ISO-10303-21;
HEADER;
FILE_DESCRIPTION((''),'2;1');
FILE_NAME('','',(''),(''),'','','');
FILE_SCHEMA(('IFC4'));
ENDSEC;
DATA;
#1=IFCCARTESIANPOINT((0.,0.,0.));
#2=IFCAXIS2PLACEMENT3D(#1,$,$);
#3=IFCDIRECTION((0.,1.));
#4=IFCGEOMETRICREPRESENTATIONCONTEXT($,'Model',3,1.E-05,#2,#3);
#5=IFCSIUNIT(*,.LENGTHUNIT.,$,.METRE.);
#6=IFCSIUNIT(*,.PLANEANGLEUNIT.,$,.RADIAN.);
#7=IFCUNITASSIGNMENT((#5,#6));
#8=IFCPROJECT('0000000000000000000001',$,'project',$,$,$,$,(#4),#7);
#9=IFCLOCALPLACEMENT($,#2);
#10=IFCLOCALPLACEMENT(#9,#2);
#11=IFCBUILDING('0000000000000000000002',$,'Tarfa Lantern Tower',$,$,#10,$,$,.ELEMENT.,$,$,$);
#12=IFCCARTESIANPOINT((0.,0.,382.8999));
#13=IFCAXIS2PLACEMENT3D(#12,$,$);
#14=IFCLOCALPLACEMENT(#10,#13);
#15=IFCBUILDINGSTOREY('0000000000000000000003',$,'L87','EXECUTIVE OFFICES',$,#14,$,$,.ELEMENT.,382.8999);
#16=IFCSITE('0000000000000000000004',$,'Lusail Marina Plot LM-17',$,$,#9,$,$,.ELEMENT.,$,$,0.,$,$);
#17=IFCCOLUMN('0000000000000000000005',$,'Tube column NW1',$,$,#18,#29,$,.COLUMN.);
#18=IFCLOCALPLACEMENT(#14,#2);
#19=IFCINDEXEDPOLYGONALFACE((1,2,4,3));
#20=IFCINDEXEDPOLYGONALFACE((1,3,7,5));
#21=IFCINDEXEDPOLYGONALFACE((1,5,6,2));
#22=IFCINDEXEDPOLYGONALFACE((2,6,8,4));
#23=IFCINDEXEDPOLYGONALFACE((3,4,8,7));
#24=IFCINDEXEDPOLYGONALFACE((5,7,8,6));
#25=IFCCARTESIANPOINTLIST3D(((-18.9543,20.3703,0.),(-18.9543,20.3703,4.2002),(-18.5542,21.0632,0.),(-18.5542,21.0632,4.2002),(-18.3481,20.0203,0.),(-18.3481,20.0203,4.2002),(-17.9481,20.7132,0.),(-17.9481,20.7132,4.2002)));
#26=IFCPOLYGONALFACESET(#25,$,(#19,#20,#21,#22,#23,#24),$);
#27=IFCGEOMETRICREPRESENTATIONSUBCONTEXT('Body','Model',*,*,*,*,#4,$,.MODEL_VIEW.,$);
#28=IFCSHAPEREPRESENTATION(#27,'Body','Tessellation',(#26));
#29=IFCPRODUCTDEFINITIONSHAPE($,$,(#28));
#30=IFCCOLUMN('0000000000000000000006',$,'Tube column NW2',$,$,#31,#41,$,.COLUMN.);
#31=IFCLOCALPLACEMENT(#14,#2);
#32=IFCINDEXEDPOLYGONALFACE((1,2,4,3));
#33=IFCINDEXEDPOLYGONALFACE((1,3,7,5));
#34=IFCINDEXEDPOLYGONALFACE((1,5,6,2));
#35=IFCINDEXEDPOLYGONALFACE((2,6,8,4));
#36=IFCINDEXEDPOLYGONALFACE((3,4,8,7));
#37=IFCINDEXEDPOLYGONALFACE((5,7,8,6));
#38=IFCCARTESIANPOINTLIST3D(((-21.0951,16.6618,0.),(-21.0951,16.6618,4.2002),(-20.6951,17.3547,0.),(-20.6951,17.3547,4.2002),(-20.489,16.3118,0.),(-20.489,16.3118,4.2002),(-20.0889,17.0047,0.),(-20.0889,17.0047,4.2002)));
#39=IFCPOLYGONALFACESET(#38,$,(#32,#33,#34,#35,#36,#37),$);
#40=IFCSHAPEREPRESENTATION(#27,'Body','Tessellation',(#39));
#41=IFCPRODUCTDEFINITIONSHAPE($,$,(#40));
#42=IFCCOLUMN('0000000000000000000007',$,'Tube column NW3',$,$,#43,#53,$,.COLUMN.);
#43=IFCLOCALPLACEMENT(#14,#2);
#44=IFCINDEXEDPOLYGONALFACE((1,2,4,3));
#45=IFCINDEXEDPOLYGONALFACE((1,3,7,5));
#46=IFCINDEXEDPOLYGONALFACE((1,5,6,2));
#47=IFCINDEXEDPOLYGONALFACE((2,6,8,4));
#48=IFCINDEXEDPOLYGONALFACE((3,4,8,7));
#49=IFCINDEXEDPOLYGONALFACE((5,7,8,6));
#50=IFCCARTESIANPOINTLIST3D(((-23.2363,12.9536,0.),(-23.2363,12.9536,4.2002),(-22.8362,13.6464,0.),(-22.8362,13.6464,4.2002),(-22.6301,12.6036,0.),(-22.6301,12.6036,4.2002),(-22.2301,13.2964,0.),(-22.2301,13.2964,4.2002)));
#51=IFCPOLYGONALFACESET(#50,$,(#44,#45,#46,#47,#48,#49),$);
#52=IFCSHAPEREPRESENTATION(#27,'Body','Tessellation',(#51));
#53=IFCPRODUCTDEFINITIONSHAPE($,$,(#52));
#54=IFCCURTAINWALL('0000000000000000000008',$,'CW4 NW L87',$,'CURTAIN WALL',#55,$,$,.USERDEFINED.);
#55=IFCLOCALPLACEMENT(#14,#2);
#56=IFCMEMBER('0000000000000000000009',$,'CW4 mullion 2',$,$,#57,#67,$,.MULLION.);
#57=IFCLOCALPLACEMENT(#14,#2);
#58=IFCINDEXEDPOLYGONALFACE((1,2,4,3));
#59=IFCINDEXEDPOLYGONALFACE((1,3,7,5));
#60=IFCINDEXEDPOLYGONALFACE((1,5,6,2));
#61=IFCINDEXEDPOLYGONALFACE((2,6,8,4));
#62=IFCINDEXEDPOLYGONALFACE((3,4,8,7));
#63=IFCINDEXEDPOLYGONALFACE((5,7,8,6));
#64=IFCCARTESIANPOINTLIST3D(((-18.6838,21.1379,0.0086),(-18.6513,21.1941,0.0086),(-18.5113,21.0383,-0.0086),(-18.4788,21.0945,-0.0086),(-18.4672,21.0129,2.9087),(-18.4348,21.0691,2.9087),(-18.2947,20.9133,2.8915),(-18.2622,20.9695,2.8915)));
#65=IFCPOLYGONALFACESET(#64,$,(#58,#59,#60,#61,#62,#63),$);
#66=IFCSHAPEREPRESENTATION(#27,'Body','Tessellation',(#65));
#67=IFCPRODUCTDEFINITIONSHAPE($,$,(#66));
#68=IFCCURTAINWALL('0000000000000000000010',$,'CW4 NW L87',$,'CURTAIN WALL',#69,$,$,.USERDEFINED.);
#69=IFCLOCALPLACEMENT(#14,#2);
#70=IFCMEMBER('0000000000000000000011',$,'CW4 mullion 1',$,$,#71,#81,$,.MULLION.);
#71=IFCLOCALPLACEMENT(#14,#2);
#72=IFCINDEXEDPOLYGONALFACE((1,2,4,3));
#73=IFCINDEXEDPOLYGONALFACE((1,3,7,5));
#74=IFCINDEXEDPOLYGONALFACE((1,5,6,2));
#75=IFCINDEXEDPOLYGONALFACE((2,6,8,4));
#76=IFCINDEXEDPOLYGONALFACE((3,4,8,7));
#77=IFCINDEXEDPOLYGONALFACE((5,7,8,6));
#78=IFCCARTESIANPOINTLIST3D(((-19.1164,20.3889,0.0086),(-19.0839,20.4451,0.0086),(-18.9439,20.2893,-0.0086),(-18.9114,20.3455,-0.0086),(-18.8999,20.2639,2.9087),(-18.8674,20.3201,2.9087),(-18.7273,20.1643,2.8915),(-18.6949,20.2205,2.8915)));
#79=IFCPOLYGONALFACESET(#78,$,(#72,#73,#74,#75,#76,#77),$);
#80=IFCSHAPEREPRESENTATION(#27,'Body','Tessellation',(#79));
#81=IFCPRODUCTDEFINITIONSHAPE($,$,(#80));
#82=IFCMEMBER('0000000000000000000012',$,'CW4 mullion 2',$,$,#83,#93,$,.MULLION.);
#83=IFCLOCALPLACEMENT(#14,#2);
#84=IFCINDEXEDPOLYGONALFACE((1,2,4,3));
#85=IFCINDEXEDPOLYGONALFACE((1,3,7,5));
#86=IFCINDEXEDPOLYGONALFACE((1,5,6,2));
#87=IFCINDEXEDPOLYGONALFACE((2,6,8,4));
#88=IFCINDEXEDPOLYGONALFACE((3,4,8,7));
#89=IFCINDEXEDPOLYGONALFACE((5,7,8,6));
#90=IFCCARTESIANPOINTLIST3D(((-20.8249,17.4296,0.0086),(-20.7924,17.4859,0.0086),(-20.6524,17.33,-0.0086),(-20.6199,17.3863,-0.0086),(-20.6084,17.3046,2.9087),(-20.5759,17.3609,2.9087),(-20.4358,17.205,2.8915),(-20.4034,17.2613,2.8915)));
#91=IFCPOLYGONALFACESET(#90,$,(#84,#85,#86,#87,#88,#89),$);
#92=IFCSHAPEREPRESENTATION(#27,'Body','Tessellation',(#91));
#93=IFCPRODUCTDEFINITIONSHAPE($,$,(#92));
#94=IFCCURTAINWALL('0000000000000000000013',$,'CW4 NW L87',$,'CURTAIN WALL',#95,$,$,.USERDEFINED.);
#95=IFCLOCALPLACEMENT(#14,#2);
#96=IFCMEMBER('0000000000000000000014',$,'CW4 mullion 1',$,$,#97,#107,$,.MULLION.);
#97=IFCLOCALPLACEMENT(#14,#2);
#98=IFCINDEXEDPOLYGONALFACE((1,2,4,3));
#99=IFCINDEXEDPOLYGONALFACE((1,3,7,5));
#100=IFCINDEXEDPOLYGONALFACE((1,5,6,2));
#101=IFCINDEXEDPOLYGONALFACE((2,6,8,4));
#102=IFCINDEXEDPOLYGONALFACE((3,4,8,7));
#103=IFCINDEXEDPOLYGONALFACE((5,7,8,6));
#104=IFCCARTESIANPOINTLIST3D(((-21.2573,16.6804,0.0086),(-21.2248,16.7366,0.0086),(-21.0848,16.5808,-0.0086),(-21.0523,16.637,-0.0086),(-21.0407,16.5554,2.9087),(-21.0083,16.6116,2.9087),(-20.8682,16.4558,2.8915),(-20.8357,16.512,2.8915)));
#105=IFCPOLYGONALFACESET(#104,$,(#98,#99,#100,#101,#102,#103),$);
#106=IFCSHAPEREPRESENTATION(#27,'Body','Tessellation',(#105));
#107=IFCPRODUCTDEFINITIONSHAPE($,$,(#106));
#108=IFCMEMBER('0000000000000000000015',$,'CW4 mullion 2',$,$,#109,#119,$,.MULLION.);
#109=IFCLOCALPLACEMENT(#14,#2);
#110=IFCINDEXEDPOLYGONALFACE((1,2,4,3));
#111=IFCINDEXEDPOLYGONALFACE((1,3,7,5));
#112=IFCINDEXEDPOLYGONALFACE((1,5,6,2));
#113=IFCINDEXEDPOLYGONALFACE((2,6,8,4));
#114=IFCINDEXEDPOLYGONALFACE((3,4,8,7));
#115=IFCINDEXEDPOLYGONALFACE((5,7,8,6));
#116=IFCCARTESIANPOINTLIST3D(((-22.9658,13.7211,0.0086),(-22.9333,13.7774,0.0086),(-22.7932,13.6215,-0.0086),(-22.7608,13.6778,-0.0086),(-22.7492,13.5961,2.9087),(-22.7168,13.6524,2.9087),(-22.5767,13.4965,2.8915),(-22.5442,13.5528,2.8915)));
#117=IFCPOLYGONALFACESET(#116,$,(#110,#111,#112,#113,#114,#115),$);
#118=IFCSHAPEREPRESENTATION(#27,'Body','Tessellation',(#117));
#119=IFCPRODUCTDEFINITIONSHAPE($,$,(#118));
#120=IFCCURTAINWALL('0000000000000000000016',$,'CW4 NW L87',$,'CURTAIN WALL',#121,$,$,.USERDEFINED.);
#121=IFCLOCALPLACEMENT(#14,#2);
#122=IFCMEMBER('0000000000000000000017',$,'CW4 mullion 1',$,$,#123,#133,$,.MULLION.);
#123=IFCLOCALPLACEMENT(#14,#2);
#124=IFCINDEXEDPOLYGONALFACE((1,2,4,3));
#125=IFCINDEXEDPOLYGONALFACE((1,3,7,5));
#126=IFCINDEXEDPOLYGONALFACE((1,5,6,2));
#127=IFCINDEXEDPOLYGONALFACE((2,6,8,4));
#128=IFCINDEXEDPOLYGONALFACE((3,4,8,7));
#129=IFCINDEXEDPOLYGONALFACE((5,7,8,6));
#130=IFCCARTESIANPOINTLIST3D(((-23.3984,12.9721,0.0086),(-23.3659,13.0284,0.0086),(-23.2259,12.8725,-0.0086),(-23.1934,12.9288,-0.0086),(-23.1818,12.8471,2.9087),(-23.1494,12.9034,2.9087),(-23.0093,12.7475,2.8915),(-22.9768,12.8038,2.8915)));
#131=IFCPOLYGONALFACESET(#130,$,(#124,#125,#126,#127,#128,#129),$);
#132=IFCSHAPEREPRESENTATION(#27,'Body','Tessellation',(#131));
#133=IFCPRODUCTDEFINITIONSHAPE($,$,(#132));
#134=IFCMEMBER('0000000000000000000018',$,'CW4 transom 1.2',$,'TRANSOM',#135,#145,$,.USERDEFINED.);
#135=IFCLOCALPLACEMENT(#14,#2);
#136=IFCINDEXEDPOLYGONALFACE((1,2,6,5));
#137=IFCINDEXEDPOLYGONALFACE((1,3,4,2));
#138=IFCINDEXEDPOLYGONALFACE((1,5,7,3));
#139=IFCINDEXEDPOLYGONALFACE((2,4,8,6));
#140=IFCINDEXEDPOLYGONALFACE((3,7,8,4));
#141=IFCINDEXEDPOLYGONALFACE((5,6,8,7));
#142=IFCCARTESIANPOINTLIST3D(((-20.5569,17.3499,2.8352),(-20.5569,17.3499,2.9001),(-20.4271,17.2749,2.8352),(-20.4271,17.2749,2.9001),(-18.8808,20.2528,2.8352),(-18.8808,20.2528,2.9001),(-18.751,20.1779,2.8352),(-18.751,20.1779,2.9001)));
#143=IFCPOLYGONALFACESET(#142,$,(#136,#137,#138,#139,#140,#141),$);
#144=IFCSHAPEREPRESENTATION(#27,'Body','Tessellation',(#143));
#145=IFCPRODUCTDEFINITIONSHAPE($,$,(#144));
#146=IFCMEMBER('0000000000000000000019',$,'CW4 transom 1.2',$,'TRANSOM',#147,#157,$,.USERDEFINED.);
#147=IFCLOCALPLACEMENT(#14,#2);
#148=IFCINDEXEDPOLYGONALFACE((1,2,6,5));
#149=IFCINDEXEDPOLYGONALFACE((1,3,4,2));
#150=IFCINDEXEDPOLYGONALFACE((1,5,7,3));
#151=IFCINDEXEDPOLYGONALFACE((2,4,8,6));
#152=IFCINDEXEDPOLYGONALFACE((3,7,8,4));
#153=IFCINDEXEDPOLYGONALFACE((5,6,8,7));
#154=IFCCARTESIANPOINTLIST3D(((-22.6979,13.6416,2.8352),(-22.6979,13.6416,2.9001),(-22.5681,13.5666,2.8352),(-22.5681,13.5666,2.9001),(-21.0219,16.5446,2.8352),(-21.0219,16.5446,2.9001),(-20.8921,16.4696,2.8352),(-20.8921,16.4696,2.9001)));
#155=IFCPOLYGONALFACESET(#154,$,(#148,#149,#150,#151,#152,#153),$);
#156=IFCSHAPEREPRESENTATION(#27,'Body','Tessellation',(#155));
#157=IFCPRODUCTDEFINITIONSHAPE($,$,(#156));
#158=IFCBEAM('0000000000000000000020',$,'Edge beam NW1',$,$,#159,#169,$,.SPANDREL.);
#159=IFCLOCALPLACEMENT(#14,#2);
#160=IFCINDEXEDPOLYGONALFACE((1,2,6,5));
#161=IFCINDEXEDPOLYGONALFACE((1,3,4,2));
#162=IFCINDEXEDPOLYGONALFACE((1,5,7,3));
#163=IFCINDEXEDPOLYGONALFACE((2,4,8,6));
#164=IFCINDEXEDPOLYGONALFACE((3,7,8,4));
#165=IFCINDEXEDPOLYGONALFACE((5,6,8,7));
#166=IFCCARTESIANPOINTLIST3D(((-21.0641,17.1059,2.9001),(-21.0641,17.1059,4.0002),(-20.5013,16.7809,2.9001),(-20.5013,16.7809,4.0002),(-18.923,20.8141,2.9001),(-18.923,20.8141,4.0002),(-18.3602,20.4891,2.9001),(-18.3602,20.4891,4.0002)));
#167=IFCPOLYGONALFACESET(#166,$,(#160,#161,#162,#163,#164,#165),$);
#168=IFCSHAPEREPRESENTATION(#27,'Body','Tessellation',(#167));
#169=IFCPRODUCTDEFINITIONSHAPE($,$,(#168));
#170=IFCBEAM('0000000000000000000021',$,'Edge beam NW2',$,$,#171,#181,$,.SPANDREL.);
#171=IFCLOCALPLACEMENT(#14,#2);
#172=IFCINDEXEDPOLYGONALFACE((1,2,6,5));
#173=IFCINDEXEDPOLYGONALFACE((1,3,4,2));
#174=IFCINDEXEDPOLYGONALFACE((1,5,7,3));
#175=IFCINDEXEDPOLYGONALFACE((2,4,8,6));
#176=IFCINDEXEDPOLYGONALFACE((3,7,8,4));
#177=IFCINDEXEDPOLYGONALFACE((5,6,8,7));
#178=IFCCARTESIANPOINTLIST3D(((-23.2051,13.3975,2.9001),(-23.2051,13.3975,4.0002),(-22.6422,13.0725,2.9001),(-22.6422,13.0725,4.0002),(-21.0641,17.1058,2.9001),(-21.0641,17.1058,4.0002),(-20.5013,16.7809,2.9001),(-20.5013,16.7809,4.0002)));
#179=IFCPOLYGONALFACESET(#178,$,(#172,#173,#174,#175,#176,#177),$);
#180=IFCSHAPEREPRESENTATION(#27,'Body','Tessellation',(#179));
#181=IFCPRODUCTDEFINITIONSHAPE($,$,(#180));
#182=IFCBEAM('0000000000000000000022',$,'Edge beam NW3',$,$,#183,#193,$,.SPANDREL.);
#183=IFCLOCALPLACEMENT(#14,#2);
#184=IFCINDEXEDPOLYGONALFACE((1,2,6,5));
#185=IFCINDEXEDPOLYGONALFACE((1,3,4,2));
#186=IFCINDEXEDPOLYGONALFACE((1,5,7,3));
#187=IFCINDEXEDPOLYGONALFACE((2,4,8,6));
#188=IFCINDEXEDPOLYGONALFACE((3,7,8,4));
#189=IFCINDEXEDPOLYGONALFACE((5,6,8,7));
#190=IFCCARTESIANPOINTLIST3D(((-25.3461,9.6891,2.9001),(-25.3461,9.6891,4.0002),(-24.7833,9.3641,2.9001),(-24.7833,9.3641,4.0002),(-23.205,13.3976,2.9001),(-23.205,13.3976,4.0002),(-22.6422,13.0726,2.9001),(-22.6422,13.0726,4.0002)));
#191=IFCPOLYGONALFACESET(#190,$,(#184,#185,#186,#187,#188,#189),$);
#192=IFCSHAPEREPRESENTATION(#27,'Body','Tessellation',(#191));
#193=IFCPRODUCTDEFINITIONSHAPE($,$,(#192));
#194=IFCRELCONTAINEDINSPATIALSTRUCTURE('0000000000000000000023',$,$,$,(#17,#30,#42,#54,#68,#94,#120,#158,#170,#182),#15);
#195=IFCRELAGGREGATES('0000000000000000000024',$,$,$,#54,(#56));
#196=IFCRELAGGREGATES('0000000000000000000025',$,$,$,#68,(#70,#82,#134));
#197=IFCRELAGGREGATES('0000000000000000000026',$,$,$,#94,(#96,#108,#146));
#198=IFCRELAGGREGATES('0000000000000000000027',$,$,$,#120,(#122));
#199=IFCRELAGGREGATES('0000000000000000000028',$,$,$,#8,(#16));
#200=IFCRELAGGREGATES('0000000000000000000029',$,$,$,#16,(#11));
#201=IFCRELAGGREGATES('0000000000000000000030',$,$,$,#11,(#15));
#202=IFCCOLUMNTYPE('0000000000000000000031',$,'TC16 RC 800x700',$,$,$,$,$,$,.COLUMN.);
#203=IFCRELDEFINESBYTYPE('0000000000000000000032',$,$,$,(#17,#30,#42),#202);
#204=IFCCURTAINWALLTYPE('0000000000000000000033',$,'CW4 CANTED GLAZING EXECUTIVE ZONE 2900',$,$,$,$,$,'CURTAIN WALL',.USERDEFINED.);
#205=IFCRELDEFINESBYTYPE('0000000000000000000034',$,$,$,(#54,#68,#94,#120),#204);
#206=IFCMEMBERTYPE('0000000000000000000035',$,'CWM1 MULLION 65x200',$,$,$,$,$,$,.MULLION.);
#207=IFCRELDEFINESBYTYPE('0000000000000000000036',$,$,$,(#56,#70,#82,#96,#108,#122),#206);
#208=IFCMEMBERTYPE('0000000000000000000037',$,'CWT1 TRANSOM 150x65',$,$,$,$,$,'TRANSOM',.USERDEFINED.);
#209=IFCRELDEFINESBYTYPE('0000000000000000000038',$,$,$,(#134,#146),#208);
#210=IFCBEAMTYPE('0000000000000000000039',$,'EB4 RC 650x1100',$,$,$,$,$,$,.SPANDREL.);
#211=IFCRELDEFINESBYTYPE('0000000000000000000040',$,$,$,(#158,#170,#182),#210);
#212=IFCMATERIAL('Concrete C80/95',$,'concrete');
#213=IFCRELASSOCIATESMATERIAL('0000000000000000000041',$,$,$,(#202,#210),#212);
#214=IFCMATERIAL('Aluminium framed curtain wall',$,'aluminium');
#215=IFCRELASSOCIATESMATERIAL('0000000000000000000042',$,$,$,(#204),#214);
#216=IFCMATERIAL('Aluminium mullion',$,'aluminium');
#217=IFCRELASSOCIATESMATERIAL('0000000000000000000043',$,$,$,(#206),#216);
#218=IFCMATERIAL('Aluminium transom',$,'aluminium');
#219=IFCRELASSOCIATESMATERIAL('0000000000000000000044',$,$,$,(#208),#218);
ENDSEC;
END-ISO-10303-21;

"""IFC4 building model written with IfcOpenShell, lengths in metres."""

from ifc_helpers import new_model, si_unit, direction, frame, origin, origin_2d, place, context, subcontext, project, spatial, rectangle, extrude, material, material_profile, profile_set, type_object, element, aggregate, save


model = new_model("IFC4")

# Units and contexts
model_context = context("Model", 3, precision=1e-05, world=origin(), true_north=direction((0.0, 1.0)))
body_context = subcontext(model_context, "Body", "Model", "MODEL_VIEW")
ifc_project = project(units=[si_unit("LENGTHUNIT", "METRE"), si_unit("PLANEANGLEUNIT", "RADIAN")], contexts=[model_context])

# Site, building, storey
site_placement = place(None, origin())
site = spatial("IfcSite", under=ifc_project, at=site_placement, Name="Lusail Marina Plot LM-17", CompositionType="ELEMENT", RefElevation=0.0)
building_placement = place(site_placement, origin())
building = spatial("IfcBuilding", under=site, at=building_placement, Name="Tarfa Lantern Tower", CompositionType="ELEMENT")
storey_placement = place(building_placement, frame((0.0, 0.0, 382.8999)))
storey = spatial("IfcBuildingStorey", under=building, at=storey_placement, Name="L87", Description="EXECUTIVE OFFICES", CompositionType="ELEMENT", Elevation=382.8999)

# Columns
ifc_material_1 = material(Name="Concrete C80/95", Category="concrete")
ifc_material_profile_1 = material_profile(ifc_material_1, rectangle(XDim=0.8, YDim=0.7, at=origin_2d()), Name="RC 800x700")
ifc_profile_set_1 = profile_set([ifc_material_profile_1], Name="Concrete C80/95")
column_type = type_object("IfcColumnType", Name="TC16 RC 800x700", PredefinedType="COLUMN", material=ifc_profile_set_1)
for number, where, z_axis, x_axis, name in (
    (1, (-18.4512, 20.5417, 0.0), (0.0, 0.0, 1.0), (-0.5, -0.866025, 0.0), "Tube column NW1"),
    (2, (-20.592, 16.8333, 0.0), (0.0, 0.0, 1.0), (-0.5, -0.866025, 0.0), "Tube column NW2"),
    (3, (-22.7332, 13.125, 0.0), (0.0, 0.0, 1.0), (-0.5, -0.866025, 0.0), "Tube column NW3"),
):
    element("IfcColumn", number, at=place(storey_placement, frame(where, z_axis=z_axis, x_axis=x_axis)), inside=storey, type_object=column_type, Name=name, PredefinedType="COLUMN", context=body_context, shape_type="SweptSolid", body=[
        extrude(rectangle(XDim=0.8, YDim=0.7, at=origin_2d()), origin(), (0.0, 0.0, 1.0), 4.2002),
    ])

# Curtain wall, member
ifc_material_2 = material(Name="Aluminium framed curtain wall", Category="aluminium")
curtain_wall_type = type_object("IfcCurtainWallType", Name="CW4 CANTED GLAZING EXECUTIVE ZONE 2900", ElementType="CURTAIN WALL", PredefinedType="USERDEFINED", material=ifc_material_2)
curtain_wall_1_placement = place(storey_placement, origin())
curtain_wall_1 = element("IfcCurtainWall", 4, at=curtain_wall_1_placement, inside=storey, type_object=curtain_wall_type, Name="CW4 NW L87", ObjectType="CURTAIN WALL", PredefinedType="USERDEFINED")
ifc_material_3 = material(Name="Aluminium mullion", Category="aluminium")
ifc_material_profile_2 = material_profile(ifc_material_3, rectangle(XDim=0.0649, YDim=0.2, at=origin_2d()), Name="AL MULLION 65x200")
ifc_profile_set_2 = profile_set([ifc_material_profile_2], Name="Aluminium mullion")
member_type_1 = type_object("IfcMemberType", Name="CWM1 MULLION 65x200", PredefinedType="MULLION", material=ifc_profile_set_2)
member_1_placement = place(storey_placement, frame((-18.5813, 21.1162, 0.0), z_axis=(0.074394, -0.042942, 0.996304), x_axis=(0.49992, 0.866072, 0.0)))
member_1 = element("IfcMember", 5, at=member_1_placement, type_object=member_type_1, Name="CW4 mullion 2", PredefinedType="MULLION", context=body_context, shape_type="SweptSolid", body=[
    extrude(rectangle(XDim=0.0649, YDim=0.2, at=origin_2d()), origin(), (0.0, 0.0, 1.0), 2.9109),
])
aggregate(curtain_wall_1, [member_1])

# Curtain walls, members
curtain_wall_2_placement = place(storey_placement, origin())
curtain_wall_2 = element("IfcCurtainWall", 6, at=curtain_wall_2_placement, inside=storey, type_object=curtain_wall_type, Name="CW4 NW L87", ObjectType="CURTAIN WALL", PredefinedType="USERDEFINED")
member_2_placement = place(storey_placement, frame((-19.0139, 20.3672, 0.0), z_axis=(0.074394, -0.042942, 0.996304), x_axis=(0.49992, 0.866072, 0.0)))
member_2 = element("IfcMember", 7, at=member_2_placement, type_object=member_type_1, Name="CW4 mullion 1", PredefinedType="MULLION", context=body_context, shape_type="SweptSolid", body=[
    extrude(rectangle(XDim=0.0649, YDim=0.2, at=origin_2d()), origin(), (0.0, 0.0, 1.0), 2.9109),
])
member_3_placement = place(storey_placement, frame((-20.7224, 17.408, 0.0), z_axis=(0.074394, -0.042942, 0.996304), x_axis=(0.49992, 0.866072, 0.0)))
member_3 = element("IfcMember", 8, at=member_3_placement, type_object=member_type_1, Name="CW4 mullion 2", PredefinedType="MULLION", context=body_context, shape_type="SweptSolid", body=[
    extrude(rectangle(XDim=0.0649, YDim=0.2, at=origin_2d()), origin(), (0.0, 0.0, 1.0), 2.9109),
])
curtain_wall_3_placement = place(storey_placement, origin())
curtain_wall_3 = element("IfcCurtainWall", 9, at=curtain_wall_3_placement, inside=storey, type_object=curtain_wall_type, Name="CW4 NW L87", ObjectType="CURTAIN WALL", PredefinedType="USERDEFINED")
member_4_placement = place(storey_placement, frame((-21.1548, 16.6587, 0.0), z_axis=(0.074394, -0.042942, 0.996304), x_axis=(0.49992, 0.866072, 0.0)))
member_4 = element("IfcMember", 10, at=member_4_placement, type_object=member_type_1, Name="CW4 mullion 1", PredefinedType="MULLION", context=body_context, shape_type="SweptSolid", body=[
    extrude(rectangle(XDim=0.0649, YDim=0.2, at=origin_2d()), origin(), (0.0, 0.0, 1.0), 2.9109),
])
member_5_placement = place(storey_placement, frame((-22.8633, 13.6995, 0.0), z_axis=(0.074394, -0.042942, 0.996304), x_axis=(0.49992, 0.866072, 0.0)))
member_5 = element("IfcMember", 11, at=member_5_placement, type_object=member_type_1, Name="CW4 mullion 2", PredefinedType="MULLION", context=body_context, shape_type="SweptSolid", body=[
    extrude(rectangle(XDim=0.0649, YDim=0.2, at=origin_2d()), origin(), (0.0, 0.0, 1.0), 2.9109),
])

# Curtain wall, member
curtain_wall_4_placement = place(storey_placement, origin())
curtain_wall_4 = element("IfcCurtainWall", 12, at=curtain_wall_4_placement, inside=storey, type_object=curtain_wall_type, Name="CW4 NW L87", ObjectType="CURTAIN WALL", PredefinedType="USERDEFINED")
member_6_placement = place(storey_placement, frame((-23.2959, 12.9504, 0.0), z_axis=(0.074394, -0.042942, 0.996304), x_axis=(0.49992, 0.866072, 0.0)))
member_6 = element("IfcMember", 13, at=member_6_placement, type_object=member_type_1, Name="CW4 mullion 1", PredefinedType="MULLION", context=body_context, shape_type="SweptSolid", body=[
    extrude(rectangle(XDim=0.0649, YDim=0.2, at=origin_2d()), origin(), (0.0, 0.0, 1.0), 2.9109),
])

# Members
ifc_material_4 = material(Name="Aluminium transom", Category="aluminium")
ifc_material_profile_3 = material_profile(ifc_material_4, rectangle(XDim=0.1499, YDim=0.0649, at=origin_2d()), Name="AL TRANSOM 150x65")
ifc_profile_set_3 = profile_set([ifc_material_profile_3], Name="Aluminium transom")
member_type_2 = type_object("IfcMemberType", Name="CWT1 TRANSOM 150x65", ElementType="TRANSOM", PredefinedType="USERDEFINED", material=ifc_profile_set_3)
member_7_placement = place(storey_placement, frame((-18.8159, 20.2153, 2.8677), z_axis=(-0.500017, -0.866016, 0.0), x_axis=(0.866016, -0.500017, 0.0)))
member_7 = element("IfcMember", 14, at=member_7_placement, type_object=member_type_2, Name="CW4 transom 1.2", ObjectType="TRANSOM", PredefinedType="USERDEFINED", context=body_context, shape_type="SweptSolid", body=[
    extrude(rectangle(XDim=0.1499, YDim=0.0649, at=origin_2d()), origin(), (0.0, 0.0, 1.0), 3.3521),
])
member_8_placement = place(storey_placement, frame((-20.957, 16.5071, 2.8677), z_axis=(-0.499985, -0.866034, 0.0), x_axis=(0.866034, -0.499985, 0.0)))
member_8 = element("IfcMember", 15, at=member_8_placement, type_object=member_type_2, Name="CW4 transom 1.2", ObjectType="TRANSOM", PredefinedType="USERDEFINED", context=body_context, shape_type="SweptSolid", body=[
    extrude(rectangle(XDim=0.1499, YDim=0.0649, at=origin_2d()), origin(), (0.0, 0.0, 1.0), 3.3521),
])

# Beams
ifc_material_profile_4 = material_profile(ifc_material_1, rectangle(XDim=0.6499, YDim=1.1001, at=origin_2d()), Name="RC 650x1100")
ifc_profile_set_4 = profile_set([ifc_material_profile_4], Name="Concrete C80/95")
beam_type_1 = type_object("IfcBeamType", Name="EB4 RC 650x1100", PredefinedType="SPANDREL", material=ifc_profile_set_4)
for number, where, z_axis, x_axis, name in (
    (16, (-18.6416, 20.6516, 3.4502), (-0.500027, -0.86601, 0.0), (0.86601, -0.500027, 0.0), "Edge beam NW1"),
    (17, (-20.7827, 16.9434, 3.4502), (-0.499984, -0.866035, 0.0), (0.866035, -0.499984, 0.0), "Edge beam NW2"),
):
    element("IfcBeam", number, at=place(storey_placement, frame(where, z_axis=z_axis, x_axis=x_axis)), inside=storey, type_object=beam_type_1, Name=name, PredefinedType="SPANDREL", context=body_context, shape_type="SweptSolid", body=[
        extrude(rectangle(XDim=0.6499, YDim=1.1001, at=origin_2d()), origin(), (0.0, 0.0, 1.0), 4.282),
    ])
beam_1_placement = place(storey_placement, frame((-22.9236, 13.2351, 3.4502), z_axis=(-0.500002, -0.866024, 0.0), x_axis=(0.866024, -0.500002, 0.0)))
element("IfcBeam", 18, at=beam_1_placement, inside=storey, type_object=beam_type_1, Name="Edge beam NW3", PredefinedType="SPANDREL", context=body_context, shape_type="SweptSolid", body=[
    extrude(rectangle(XDim=0.6499, YDim=1.1001, at=origin_2d()), origin(), (0.0, 0.0, 1.0), 4.2822),
])

aggregate(curtain_wall_2, [member_2, member_3, member_7])
aggregate(curtain_wall_3, [member_4, member_5, member_8])
aggregate(curtain_wall_4, [member_6])

save(model, "model.ifc")
